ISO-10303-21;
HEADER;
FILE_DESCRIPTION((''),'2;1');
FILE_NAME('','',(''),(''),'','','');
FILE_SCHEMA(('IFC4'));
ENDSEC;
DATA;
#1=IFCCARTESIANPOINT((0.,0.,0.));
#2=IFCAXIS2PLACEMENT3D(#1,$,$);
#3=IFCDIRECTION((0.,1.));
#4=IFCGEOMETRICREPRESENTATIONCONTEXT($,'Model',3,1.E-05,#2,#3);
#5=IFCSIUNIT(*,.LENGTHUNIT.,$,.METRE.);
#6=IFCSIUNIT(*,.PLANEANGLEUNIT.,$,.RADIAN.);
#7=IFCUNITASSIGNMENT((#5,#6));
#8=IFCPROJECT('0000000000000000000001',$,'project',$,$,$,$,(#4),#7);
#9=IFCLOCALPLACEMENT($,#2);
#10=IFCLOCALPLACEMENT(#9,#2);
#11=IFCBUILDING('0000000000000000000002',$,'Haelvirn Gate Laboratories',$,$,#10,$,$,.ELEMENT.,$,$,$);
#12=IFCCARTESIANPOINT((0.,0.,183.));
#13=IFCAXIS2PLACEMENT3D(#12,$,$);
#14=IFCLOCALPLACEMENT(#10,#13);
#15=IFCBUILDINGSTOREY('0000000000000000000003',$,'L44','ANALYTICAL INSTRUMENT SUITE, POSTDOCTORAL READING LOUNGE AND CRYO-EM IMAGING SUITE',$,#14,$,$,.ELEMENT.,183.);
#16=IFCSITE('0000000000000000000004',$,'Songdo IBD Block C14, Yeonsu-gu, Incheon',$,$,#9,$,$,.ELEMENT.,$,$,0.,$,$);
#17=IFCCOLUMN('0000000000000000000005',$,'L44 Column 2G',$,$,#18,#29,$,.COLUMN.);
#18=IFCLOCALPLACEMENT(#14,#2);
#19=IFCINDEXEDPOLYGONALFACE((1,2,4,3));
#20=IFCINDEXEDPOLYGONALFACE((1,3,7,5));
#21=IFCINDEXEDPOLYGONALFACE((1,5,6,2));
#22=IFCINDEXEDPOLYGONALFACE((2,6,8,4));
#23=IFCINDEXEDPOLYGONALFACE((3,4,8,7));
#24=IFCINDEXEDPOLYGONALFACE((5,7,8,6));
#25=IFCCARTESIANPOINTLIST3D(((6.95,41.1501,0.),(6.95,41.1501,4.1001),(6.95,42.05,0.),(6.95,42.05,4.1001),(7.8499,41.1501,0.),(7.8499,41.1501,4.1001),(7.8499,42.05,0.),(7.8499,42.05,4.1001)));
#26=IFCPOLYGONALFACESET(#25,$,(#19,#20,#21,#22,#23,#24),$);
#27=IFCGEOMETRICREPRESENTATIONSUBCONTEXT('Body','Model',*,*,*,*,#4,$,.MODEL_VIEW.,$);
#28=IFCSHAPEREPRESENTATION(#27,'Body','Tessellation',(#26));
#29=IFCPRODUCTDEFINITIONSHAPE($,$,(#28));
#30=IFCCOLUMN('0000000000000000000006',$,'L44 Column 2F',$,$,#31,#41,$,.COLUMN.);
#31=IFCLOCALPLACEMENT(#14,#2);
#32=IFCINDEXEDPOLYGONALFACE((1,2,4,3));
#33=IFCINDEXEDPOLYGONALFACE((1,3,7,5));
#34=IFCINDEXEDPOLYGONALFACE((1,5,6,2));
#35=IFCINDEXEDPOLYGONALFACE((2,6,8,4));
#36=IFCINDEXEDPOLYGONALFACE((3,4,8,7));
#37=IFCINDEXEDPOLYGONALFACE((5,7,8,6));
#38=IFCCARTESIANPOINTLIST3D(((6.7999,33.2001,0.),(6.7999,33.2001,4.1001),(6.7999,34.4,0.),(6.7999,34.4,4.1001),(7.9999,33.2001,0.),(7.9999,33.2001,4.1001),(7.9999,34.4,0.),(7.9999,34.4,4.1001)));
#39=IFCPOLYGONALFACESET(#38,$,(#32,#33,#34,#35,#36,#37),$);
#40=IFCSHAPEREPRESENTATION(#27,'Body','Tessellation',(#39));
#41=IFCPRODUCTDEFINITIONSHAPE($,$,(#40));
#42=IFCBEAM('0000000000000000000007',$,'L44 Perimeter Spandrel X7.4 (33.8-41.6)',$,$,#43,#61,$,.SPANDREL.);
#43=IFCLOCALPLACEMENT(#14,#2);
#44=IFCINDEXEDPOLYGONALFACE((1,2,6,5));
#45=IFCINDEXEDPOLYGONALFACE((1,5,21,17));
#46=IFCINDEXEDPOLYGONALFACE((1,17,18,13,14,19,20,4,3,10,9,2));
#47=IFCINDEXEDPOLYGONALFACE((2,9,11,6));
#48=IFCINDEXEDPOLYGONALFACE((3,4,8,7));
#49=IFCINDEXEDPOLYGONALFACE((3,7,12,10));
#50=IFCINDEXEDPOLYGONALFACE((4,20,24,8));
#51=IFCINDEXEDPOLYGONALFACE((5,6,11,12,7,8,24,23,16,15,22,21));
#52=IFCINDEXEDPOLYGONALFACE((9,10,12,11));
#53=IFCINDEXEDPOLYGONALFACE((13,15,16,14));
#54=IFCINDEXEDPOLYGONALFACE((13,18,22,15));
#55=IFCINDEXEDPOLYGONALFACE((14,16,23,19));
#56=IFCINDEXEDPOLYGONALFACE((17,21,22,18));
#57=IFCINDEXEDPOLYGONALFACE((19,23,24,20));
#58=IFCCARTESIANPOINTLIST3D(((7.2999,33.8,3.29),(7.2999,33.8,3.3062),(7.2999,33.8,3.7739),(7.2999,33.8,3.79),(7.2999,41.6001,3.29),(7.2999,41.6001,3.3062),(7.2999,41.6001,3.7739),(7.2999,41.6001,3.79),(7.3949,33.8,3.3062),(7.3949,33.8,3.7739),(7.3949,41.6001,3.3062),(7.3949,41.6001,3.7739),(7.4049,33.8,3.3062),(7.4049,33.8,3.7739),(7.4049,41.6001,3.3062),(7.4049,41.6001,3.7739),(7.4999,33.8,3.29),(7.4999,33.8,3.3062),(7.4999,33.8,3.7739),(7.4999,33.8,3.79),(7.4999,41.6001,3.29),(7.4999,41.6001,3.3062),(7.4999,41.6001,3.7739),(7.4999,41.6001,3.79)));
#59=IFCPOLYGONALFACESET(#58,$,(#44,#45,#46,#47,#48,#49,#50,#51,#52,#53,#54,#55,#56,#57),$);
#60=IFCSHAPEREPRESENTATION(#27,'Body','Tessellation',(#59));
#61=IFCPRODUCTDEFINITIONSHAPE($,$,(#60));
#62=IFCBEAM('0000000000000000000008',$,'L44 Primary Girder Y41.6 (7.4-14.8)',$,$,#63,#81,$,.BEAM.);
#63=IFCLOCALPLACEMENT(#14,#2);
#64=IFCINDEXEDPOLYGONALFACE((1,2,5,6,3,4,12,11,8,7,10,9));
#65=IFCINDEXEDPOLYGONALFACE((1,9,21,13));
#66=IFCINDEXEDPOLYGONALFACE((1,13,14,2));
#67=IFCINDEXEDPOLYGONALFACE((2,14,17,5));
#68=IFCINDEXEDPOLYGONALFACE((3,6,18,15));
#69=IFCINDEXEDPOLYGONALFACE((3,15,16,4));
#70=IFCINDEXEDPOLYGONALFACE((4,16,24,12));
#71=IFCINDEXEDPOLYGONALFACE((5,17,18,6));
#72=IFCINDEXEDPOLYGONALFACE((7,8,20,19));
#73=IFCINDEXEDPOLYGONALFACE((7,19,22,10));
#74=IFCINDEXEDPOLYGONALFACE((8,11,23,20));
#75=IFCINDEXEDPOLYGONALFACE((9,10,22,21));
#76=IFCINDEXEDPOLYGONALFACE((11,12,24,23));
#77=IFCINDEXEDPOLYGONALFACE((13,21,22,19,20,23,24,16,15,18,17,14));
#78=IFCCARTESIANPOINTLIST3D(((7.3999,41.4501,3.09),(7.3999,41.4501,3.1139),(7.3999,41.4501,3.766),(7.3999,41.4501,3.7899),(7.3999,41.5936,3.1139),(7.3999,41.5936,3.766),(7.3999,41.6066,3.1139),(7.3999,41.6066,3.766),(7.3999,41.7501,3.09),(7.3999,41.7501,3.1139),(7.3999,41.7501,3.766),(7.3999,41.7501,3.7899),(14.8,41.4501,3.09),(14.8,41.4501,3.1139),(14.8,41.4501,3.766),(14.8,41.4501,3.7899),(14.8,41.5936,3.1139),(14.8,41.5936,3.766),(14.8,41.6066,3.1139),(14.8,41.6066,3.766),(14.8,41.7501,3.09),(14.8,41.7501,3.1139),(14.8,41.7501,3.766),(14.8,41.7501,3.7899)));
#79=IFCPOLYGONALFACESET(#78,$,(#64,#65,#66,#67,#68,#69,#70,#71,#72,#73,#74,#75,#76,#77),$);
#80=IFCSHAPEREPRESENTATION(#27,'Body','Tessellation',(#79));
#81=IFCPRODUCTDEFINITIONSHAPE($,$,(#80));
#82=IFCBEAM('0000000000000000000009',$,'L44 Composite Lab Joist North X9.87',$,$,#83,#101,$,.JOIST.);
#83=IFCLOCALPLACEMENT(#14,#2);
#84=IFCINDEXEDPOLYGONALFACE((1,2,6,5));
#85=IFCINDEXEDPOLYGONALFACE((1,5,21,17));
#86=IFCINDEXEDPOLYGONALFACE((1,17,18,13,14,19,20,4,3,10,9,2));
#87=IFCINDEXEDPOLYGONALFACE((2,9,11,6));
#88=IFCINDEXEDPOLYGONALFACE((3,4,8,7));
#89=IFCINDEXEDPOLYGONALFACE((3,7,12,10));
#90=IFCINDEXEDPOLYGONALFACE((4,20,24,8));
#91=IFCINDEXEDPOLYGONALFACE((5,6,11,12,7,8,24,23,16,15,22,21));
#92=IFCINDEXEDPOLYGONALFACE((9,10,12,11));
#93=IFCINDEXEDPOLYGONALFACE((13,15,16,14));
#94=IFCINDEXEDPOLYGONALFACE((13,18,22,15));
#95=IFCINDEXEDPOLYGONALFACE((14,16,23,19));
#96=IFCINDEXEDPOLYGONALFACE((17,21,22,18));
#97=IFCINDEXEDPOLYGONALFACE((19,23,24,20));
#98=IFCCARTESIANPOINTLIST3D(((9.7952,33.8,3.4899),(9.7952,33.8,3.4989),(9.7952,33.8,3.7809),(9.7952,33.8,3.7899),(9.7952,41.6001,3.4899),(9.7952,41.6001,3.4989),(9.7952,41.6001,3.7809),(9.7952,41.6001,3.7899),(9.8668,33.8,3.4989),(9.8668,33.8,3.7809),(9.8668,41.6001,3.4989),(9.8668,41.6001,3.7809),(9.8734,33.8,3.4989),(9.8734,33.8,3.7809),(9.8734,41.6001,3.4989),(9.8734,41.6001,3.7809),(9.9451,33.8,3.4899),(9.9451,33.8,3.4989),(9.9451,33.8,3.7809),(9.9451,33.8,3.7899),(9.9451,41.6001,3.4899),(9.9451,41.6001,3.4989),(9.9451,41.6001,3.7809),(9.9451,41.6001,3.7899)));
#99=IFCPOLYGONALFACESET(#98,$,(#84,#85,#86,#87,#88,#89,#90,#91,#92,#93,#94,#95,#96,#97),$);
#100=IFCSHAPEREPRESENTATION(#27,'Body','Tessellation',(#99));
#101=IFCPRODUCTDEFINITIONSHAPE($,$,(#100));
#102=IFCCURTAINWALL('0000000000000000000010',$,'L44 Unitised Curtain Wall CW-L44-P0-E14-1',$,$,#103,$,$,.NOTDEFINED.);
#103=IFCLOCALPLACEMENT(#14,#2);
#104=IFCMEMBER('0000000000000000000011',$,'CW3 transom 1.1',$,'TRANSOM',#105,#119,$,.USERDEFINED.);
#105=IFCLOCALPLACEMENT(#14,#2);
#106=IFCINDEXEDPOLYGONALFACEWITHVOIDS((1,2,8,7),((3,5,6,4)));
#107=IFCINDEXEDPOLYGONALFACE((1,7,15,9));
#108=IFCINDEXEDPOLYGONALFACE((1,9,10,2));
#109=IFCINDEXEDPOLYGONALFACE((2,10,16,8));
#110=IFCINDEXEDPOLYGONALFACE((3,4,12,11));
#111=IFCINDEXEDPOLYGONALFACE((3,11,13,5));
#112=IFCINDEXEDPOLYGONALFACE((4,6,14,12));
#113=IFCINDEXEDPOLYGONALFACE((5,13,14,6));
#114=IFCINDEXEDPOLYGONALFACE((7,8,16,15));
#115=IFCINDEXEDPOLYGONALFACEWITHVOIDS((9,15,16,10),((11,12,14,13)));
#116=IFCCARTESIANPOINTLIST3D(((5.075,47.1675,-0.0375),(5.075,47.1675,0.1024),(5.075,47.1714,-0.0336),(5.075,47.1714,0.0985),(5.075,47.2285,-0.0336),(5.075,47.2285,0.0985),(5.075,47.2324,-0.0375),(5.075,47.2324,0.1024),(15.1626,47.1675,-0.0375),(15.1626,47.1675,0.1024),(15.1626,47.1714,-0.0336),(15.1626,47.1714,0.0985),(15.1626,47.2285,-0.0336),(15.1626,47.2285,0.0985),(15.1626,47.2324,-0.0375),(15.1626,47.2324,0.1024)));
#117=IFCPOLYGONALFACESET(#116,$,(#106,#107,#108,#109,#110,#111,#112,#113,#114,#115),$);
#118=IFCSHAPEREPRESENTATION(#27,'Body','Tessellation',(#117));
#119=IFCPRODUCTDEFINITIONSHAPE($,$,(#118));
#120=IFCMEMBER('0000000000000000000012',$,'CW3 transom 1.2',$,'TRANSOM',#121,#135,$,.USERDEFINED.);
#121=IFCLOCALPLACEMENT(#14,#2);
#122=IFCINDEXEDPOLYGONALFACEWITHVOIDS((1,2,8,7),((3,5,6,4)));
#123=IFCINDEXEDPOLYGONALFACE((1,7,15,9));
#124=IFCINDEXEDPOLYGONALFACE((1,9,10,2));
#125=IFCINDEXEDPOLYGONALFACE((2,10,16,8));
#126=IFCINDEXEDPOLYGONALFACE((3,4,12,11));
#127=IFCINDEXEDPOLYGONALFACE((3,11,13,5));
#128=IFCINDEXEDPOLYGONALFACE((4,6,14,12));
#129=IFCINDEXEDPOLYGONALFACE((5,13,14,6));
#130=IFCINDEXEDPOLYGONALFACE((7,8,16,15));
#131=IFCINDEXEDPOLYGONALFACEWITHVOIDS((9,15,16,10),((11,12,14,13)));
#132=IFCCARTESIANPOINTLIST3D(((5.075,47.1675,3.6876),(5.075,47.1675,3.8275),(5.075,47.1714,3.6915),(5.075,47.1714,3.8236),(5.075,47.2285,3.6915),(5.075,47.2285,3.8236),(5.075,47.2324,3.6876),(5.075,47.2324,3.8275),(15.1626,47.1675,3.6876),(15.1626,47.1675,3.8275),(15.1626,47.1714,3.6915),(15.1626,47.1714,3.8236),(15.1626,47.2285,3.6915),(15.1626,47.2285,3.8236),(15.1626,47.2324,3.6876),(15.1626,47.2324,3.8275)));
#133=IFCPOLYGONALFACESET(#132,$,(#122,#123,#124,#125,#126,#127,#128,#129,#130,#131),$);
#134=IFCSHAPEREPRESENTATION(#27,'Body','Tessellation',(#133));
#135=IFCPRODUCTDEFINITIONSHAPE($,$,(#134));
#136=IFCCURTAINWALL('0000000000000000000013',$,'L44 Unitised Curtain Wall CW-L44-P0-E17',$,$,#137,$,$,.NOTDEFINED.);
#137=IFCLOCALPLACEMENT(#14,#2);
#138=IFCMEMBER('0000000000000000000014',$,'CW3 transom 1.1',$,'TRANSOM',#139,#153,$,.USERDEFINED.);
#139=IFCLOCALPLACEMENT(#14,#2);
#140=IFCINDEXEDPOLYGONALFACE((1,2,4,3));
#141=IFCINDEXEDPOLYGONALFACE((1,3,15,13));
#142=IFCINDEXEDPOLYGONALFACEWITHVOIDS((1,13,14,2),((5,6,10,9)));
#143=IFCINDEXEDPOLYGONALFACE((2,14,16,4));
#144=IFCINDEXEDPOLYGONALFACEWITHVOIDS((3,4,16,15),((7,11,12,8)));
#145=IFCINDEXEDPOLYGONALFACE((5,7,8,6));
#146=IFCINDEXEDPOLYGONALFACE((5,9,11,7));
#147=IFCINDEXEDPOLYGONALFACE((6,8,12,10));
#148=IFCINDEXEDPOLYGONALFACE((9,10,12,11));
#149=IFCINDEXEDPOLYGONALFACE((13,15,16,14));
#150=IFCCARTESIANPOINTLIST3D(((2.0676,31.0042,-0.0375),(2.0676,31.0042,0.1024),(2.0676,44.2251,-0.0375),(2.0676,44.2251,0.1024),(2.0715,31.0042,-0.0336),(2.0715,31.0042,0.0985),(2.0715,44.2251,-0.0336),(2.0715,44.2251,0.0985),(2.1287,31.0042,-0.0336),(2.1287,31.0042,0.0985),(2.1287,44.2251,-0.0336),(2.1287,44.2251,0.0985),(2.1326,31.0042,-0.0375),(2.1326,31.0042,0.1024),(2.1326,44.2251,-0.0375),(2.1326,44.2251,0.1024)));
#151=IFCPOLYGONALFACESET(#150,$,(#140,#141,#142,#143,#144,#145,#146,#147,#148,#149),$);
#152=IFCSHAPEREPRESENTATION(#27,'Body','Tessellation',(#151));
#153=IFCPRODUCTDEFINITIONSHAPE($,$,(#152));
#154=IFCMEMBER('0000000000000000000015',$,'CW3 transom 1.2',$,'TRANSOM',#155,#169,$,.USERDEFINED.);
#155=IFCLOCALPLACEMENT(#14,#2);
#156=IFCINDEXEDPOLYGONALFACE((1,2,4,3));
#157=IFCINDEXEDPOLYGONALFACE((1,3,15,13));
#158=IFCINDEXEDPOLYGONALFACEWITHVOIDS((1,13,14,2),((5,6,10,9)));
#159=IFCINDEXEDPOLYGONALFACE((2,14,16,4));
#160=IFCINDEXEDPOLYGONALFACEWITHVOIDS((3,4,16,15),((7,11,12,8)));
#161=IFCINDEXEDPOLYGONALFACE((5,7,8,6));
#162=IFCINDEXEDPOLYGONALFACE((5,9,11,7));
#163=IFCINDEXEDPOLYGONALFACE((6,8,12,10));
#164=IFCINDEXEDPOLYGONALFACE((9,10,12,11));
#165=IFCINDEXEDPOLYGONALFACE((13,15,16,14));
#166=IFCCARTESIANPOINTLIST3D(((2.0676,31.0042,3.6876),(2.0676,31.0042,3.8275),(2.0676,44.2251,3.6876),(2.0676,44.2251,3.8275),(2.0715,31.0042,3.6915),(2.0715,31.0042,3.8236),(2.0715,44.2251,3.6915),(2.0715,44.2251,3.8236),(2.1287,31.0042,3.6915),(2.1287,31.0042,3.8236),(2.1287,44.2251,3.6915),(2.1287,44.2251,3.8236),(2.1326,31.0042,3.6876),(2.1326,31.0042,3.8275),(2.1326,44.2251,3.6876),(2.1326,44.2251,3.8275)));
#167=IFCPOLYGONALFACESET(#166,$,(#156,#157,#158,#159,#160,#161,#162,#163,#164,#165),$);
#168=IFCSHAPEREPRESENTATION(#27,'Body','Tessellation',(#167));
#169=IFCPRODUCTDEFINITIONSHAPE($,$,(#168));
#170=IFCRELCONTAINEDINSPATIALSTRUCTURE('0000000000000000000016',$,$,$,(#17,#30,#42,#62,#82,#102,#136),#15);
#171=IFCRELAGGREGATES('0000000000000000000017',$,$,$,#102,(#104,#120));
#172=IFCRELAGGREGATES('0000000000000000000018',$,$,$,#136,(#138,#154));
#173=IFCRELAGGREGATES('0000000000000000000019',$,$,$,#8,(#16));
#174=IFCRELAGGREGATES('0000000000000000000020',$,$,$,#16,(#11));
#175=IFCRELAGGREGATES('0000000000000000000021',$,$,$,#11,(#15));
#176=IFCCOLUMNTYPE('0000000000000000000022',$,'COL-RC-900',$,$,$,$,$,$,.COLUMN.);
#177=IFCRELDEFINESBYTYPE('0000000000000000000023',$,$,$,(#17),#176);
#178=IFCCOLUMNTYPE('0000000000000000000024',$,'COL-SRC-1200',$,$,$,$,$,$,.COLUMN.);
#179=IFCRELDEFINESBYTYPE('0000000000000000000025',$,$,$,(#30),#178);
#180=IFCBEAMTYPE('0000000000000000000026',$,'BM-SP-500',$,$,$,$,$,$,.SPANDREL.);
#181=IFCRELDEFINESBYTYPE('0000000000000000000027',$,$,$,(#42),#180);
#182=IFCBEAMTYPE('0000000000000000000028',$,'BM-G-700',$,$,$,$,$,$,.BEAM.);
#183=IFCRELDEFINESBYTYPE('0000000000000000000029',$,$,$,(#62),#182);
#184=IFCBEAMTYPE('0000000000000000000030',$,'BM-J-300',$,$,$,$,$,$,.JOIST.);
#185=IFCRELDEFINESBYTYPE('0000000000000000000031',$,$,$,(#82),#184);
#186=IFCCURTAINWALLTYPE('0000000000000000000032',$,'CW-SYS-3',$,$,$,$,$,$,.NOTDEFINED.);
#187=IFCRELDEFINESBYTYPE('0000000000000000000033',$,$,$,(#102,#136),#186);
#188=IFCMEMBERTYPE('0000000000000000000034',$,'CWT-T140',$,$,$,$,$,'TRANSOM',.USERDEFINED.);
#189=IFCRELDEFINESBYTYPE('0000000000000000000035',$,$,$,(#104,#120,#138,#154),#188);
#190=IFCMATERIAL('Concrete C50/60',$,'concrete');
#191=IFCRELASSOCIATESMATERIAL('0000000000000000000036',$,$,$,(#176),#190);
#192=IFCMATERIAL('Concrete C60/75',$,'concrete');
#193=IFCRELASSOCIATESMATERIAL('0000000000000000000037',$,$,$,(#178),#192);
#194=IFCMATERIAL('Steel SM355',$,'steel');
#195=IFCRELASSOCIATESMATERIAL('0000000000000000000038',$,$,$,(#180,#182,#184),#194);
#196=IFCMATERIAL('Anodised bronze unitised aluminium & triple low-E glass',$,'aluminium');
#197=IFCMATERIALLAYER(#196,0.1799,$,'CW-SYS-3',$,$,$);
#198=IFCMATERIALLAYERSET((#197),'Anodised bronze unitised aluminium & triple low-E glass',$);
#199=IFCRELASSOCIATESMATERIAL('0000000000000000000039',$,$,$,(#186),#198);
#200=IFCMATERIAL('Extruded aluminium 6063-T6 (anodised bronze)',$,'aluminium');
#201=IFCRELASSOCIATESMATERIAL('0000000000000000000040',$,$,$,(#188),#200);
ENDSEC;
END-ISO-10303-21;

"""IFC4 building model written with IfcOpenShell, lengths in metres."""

from ifc_helpers import new_model, si_unit, direction, frame, origin, origin_2d, place, context, subcontext, project, spatial, rectangle, hollow_rectangle, i_section, extrude, source, transform, mapped, material, layer, layer_set, material_profile, profile_set, type_object, type_shapes, element, aggregate, save


model = new_model("IFC4")

# Units and contexts
model_context = context("Model", 3, precision=1e-05, world=origin(), true_north=direction((0.0, 1.0)))
body_context = subcontext(model_context, "Body", "Model", "MODEL_VIEW")
ifc_project = project(units=[si_unit("LENGTHUNIT", "METRE"), si_unit("PLANEANGLEUNIT", "RADIAN")], contexts=[model_context])

# Site, building, storey
site_placement = place(None, origin())
site = spatial("IfcSite", under=ifc_project, at=site_placement, Name="Songdo IBD Block C14, Yeonsu-gu, Incheon", CompositionType="ELEMENT", RefElevation=0.0)
building_placement = place(site_placement, origin())
building = spatial("IfcBuilding", under=site, at=building_placement, Name="Haelvirn Gate Laboratories", CompositionType="ELEMENT")
storey_placement = place(building_placement, frame((0.0, 0.0, 183.0)))
storey = spatial("IfcBuildingStorey", under=building, at=storey_placement, Name="L44", Description="ANALYTICAL INSTRUMENT SUITE, POSTDOCTORAL READING LOUNGE AND CRYO-EM IMAGING SUITE", CompositionType="ELEMENT", Elevation=183.0)

# Columns
ifc_material_1 = material(Name="Concrete C50/60", Category="concrete")
ifc_material_profile_1 = material_profile(ifc_material_1, rectangle(XDim=0.8999, YDim=0.8999, at=origin_2d()), Name="RC-900x900")
ifc_profile_set_1 = profile_set([ifc_material_profile_1], Name="Concrete C50/60")
column_type_1 = type_object("IfcColumnType", Name="COL-RC-900", PredefinedType="COLUMN", material=ifc_profile_set_1)
shared_shape_1 = source(origin(), body_context, "Body", "SweptSolid", [
    extrude(rectangle(XDim=0.8999, YDim=0.8999, at=origin_2d()), origin(), (0.0, 0.0, 1.0), 4.1001),
])
type_shapes(column_type_1, [shared_shape_1])
column_1_placement = place(storey_placement, frame((7.3999, 41.6001, 0.0), z_axis=(0.0, 0.0, 1.0), x_axis=(1.0, 0.0, 0.0)))
element("IfcColumn", 1, at=column_1_placement, inside=storey, type_object=column_type_1, Name="L44 Column 2G", PredefinedType="COLUMN", context=body_context, shape_type="MappedRepresentation", body=[
    mapped(shared_shape_1, transform((0.0, 0.0, 0.0), scale=1.0)),
])
ifc_material_2 = material(Name="Concrete C60/75", Category="concrete")
ifc_material_profile_2 = material_profile(ifc_material_2, rectangle(XDim=1.2, YDim=1.2, at=origin_2d()), Name="SRC-1200x1200")
ifc_profile_set_2 = profile_set([ifc_material_profile_2], Name="Concrete C60/75")
column_type_2 = type_object("IfcColumnType", Name="COL-SRC-1200", PredefinedType="COLUMN", material=ifc_profile_set_2)
shared_shape_2 = source(origin(), body_context, "Body", "SweptSolid", [
    extrude(rectangle(XDim=1.2, YDim=1.2, at=origin_2d()), origin(), (0.0, 0.0, 1.0), 4.1001),
])
type_shapes(column_type_2, [shared_shape_2])
column_2_placement = place(storey_placement, frame((7.3999, 33.8, 0.0), z_axis=(0.0, 0.0, 1.0), x_axis=(1.0, 0.0, 0.0)))
element("IfcColumn", 2, at=column_2_placement, inside=storey, type_object=column_type_2, Name="L44 Column 2F", PredefinedType="COLUMN", context=body_context, shape_type="MappedRepresentation", body=[
    mapped(shared_shape_2, transform((0.0, 0.0, 0.0), scale=1.0)),
])

# Beams
ifc_material_3 = material(Name="Steel SM355", Category="steel")
ifc_material_profile_3 = material_profile(ifc_material_3, i_section(OverallWidth=0.2, OverallDepth=0.5, WebThickness=0.01, FlangeThickness=0.0161, at=origin_2d()), Name="H-500x200x10x16")
ifc_profile_set_3 = profile_set([ifc_material_profile_3], Name="Steel SM355")
beam_type_1 = type_object("IfcBeamType", Name="BM-SP-500", PredefinedType="SPANDREL", material=ifc_profile_set_3)
shared_shape_3 = source(origin(), body_context, "Body", "SweptSolid", [
    extrude(i_section(OverallWidth=0.2, OverallDepth=0.5, WebThickness=0.01, FlangeThickness=0.0161, at=origin_2d()), origin(), (0.0, 0.0, 1.0), 7.8),
])
type_shapes(beam_type_1, [shared_shape_3])
beam_1_placement = place(storey_placement, frame((7.3999, 33.8, 3.54), z_axis=(0.0, 1.0, 0.0), x_axis=(-1.0, 0.0, 0.0)))
element("IfcBeam", 3, at=beam_1_placement, inside=storey, type_object=beam_type_1, Name="L44 Perimeter Spandrel X7.4 (33.8-41.6)", PredefinedType="SPANDREL", context=body_context, shape_type="MappedRepresentation", body=[
    mapped(shared_shape_3, transform((0.0, 0.0, 0.0), scale=1.0)),
])
ifc_material_profile_4 = material_profile(ifc_material_3, i_section(OverallWidth=0.3, OverallDepth=0.7, WebThickness=0.0129, FlangeThickness=0.0239, at=origin_2d()), Name="H-700x300x13x24")
ifc_profile_set_4 = profile_set([ifc_material_profile_4], Name="Steel SM355")
beam_type_2 = type_object("IfcBeamType", Name="BM-G-700", PredefinedType="BEAM", material=ifc_profile_set_4)
shared_shape_4 = source(origin(), body_context, "Body", "SweptSolid", [
    extrude(i_section(OverallWidth=0.3, OverallDepth=0.7, WebThickness=0.0129, FlangeThickness=0.0239, at=origin_2d()), origin(), (0.0, 0.0, 1.0), 7.4001),
])
type_shapes(beam_type_2, [shared_shape_4])
beam_2_placement = place(storey_placement, frame((7.3999, 41.6001, 3.4399), z_axis=(1.0, 0.0, 0.0), x_axis=(0.0, 1.0, 0.0)))
element("IfcBeam", 4, at=beam_2_placement, inside=storey, type_object=beam_type_2, Name="L44 Primary Girder Y41.6 (7.4-14.8)", PredefinedType="BEAM", context=body_context, shape_type="MappedRepresentation", body=[
    mapped(shared_shape_4, transform((0.0, 0.0, 0.0), scale=1.0)),
])
ifc_material_profile_5 = material_profile(ifc_material_3, i_section(OverallWidth=0.1499, OverallDepth=0.3, WebThickness=0.0066, FlangeThickness=0.009, at=origin_2d()), Name="H-300x150x6.5x9")
ifc_profile_set_5 = profile_set([ifc_material_profile_5], Name="Steel SM355")
beam_type_3 = type_object("IfcBeamType", Name="BM-J-300", PredefinedType="JOIST", material=ifc_profile_set_5)
shared_shape_5 = source(origin(), body_context, "Body", "SweptSolid", [
    extrude(i_section(OverallWidth=0.1499, OverallDepth=0.3, WebThickness=0.0066, FlangeThickness=0.009, at=origin_2d()), origin(), (0.0, 0.0, 1.0), 7.8),
])
type_shapes(beam_type_3, [shared_shape_5])
beam_3_placement = place(storey_placement, frame((9.8701, 33.8, 3.6399), z_axis=(0.0, 1.0, 0.0), x_axis=(-1.0, 0.0, 0.0)))
element("IfcBeam", 5, at=beam_3_placement, inside=storey, type_object=beam_type_3, Name="L44 Composite Lab Joist North X9.87", PredefinedType="JOIST", context=body_context, shape_type="MappedRepresentation", body=[
    mapped(shared_shape_5, transform((0.0, 0.0, 0.0), scale=1.0)),
])

# Curtain walls, members
ifc_material_4 = material(Name="Anodised bronze unitised aluminium & triple low-E glass", Category="aluminium")
ifc_layer_1 = layer(ifc_material_4, 0.1799, Name="CW-SYS-3")
ifc_layer_set_1 = layer_set([ifc_layer_1], Name="Anodised bronze unitised aluminium & triple low-E glass")
curtain_wall_type_1 = type_object("IfcCurtainWallType", Name="CW-SYS-3", PredefinedType="NOTDEFINED", material=ifc_layer_set_1)
curtain_wall_1_placement = place(storey_placement, origin())
curtain_wall_1 = element("IfcCurtainWall", 6, at=curtain_wall_1_placement, inside=storey, type_object=curtain_wall_type_1, Name="L44 Unitised Curtain Wall CW-L44-P0-E14-1", PredefinedType="NOTDEFINED")
ifc_material_5 = material(Name="Extruded aluminium 6063-T6 (anodised bronze)", Category="aluminium")
ifc_material_profile_6 = material_profile(ifc_material_5, hollow_rectangle(XDim=0.0649, YDim=0.1399, WallThickness=0.0039, at=origin_2d()), Name="CWT-140x65x4")
ifc_profile_set_6 = profile_set([ifc_material_profile_6], Name="Extruded aluminium 6063-T6 (anodised bronze)")
member_type_1 = type_object("IfcMemberType", Name="CWT-T140", ElementType="TRANSOM", PredefinedType="USERDEFINED", material=ifc_profile_set_6)
shared_shape_6 = source(origin(), body_context, "Body", "SweptSolid", [
    extrude(hollow_rectangle(XDim=0.0649, YDim=0.1399, WallThickness=0.0039, at=origin_2d()), origin(), (0.0, 0.0, 1.0), 10.0876),
])
member_1_placement = place(storey_placement, frame((5.075, 47.2, 0.0325), z_axis=(1.0, 0.0, 0.0), x_axis=(0.0, 1.0, 0.0)))
member_1 = element("IfcMember", 7, at=member_1_placement, type_object=member_type_1, Name="CW3 transom 1.1", ObjectType="TRANSOM", PredefinedType="USERDEFINED", context=body_context, shape_type="MappedRepresentation", body=[
    mapped(shared_shape_6, transform((0.0, 0.0, 0.0), scale=1.0)),
])
member_2_placement = place(storey_placement, frame((5.075, 47.2, 3.7576), z_axis=(1.0, 0.0, 0.0), x_axis=(0.0, 1.0, 0.0)))
member_2 = element("IfcMember", 8, at=member_2_placement, type_object=member_type_1, Name="CW3 transom 1.2", ObjectType="TRANSOM", PredefinedType="USERDEFINED", context=body_context, shape_type="MappedRepresentation", body=[
    mapped(shared_shape_6, transform((0.0, 0.0, 0.0), scale=1.0)),
])
curtain_wall_2_placement = place(storey_placement, origin())
curtain_wall_2 = element("IfcCurtainWall", 9, at=curtain_wall_2_placement, inside=storey, type_object=curtain_wall_type_1, Name="L44 Unitised Curtain Wall CW-L44-P0-E17", PredefinedType="NOTDEFINED")
shared_shape_7 = source(origin(), body_context, "Body", "SweptSolid", [
    extrude(hollow_rectangle(XDim=0.0649, YDim=0.1399, WallThickness=0.0039, at=origin_2d()), origin(), (0.0, 0.0, 1.0), 13.2209),
])
member_3_placement = place(storey_placement, frame((2.1001, 44.2251, 0.0325), z_axis=(0.0, -1.0, 0.0), x_axis=(1.0, 0.0, 0.0)))
member_3 = element("IfcMember", 10, at=member_3_placement, type_object=member_type_1, Name="CW3 transom 1.1", ObjectType="TRANSOM", PredefinedType="USERDEFINED", context=body_context, shape_type="MappedRepresentation", body=[
    mapped(shared_shape_7, transform((0.0, 0.0, 0.0), scale=1.0)),
])
member_4_placement = place(storey_placement, frame((2.1001, 44.2251, 3.7576), z_axis=(0.0, -1.0, 0.0), x_axis=(1.0, 0.0, 0.0)))
member_4 = element("IfcMember", 11, at=member_4_placement, type_object=member_type_1, Name="CW3 transom 1.2", ObjectType="TRANSOM", PredefinedType="USERDEFINED", context=body_context, shape_type="MappedRepresentation", body=[
    mapped(shared_shape_7, transform((0.0, 0.0, 0.0), scale=1.0)),
])

aggregate(curtain_wall_1, [member_1, member_2])
aggregate(curtain_wall_2, [member_3, member_4])

save(model, "model.ifc")
